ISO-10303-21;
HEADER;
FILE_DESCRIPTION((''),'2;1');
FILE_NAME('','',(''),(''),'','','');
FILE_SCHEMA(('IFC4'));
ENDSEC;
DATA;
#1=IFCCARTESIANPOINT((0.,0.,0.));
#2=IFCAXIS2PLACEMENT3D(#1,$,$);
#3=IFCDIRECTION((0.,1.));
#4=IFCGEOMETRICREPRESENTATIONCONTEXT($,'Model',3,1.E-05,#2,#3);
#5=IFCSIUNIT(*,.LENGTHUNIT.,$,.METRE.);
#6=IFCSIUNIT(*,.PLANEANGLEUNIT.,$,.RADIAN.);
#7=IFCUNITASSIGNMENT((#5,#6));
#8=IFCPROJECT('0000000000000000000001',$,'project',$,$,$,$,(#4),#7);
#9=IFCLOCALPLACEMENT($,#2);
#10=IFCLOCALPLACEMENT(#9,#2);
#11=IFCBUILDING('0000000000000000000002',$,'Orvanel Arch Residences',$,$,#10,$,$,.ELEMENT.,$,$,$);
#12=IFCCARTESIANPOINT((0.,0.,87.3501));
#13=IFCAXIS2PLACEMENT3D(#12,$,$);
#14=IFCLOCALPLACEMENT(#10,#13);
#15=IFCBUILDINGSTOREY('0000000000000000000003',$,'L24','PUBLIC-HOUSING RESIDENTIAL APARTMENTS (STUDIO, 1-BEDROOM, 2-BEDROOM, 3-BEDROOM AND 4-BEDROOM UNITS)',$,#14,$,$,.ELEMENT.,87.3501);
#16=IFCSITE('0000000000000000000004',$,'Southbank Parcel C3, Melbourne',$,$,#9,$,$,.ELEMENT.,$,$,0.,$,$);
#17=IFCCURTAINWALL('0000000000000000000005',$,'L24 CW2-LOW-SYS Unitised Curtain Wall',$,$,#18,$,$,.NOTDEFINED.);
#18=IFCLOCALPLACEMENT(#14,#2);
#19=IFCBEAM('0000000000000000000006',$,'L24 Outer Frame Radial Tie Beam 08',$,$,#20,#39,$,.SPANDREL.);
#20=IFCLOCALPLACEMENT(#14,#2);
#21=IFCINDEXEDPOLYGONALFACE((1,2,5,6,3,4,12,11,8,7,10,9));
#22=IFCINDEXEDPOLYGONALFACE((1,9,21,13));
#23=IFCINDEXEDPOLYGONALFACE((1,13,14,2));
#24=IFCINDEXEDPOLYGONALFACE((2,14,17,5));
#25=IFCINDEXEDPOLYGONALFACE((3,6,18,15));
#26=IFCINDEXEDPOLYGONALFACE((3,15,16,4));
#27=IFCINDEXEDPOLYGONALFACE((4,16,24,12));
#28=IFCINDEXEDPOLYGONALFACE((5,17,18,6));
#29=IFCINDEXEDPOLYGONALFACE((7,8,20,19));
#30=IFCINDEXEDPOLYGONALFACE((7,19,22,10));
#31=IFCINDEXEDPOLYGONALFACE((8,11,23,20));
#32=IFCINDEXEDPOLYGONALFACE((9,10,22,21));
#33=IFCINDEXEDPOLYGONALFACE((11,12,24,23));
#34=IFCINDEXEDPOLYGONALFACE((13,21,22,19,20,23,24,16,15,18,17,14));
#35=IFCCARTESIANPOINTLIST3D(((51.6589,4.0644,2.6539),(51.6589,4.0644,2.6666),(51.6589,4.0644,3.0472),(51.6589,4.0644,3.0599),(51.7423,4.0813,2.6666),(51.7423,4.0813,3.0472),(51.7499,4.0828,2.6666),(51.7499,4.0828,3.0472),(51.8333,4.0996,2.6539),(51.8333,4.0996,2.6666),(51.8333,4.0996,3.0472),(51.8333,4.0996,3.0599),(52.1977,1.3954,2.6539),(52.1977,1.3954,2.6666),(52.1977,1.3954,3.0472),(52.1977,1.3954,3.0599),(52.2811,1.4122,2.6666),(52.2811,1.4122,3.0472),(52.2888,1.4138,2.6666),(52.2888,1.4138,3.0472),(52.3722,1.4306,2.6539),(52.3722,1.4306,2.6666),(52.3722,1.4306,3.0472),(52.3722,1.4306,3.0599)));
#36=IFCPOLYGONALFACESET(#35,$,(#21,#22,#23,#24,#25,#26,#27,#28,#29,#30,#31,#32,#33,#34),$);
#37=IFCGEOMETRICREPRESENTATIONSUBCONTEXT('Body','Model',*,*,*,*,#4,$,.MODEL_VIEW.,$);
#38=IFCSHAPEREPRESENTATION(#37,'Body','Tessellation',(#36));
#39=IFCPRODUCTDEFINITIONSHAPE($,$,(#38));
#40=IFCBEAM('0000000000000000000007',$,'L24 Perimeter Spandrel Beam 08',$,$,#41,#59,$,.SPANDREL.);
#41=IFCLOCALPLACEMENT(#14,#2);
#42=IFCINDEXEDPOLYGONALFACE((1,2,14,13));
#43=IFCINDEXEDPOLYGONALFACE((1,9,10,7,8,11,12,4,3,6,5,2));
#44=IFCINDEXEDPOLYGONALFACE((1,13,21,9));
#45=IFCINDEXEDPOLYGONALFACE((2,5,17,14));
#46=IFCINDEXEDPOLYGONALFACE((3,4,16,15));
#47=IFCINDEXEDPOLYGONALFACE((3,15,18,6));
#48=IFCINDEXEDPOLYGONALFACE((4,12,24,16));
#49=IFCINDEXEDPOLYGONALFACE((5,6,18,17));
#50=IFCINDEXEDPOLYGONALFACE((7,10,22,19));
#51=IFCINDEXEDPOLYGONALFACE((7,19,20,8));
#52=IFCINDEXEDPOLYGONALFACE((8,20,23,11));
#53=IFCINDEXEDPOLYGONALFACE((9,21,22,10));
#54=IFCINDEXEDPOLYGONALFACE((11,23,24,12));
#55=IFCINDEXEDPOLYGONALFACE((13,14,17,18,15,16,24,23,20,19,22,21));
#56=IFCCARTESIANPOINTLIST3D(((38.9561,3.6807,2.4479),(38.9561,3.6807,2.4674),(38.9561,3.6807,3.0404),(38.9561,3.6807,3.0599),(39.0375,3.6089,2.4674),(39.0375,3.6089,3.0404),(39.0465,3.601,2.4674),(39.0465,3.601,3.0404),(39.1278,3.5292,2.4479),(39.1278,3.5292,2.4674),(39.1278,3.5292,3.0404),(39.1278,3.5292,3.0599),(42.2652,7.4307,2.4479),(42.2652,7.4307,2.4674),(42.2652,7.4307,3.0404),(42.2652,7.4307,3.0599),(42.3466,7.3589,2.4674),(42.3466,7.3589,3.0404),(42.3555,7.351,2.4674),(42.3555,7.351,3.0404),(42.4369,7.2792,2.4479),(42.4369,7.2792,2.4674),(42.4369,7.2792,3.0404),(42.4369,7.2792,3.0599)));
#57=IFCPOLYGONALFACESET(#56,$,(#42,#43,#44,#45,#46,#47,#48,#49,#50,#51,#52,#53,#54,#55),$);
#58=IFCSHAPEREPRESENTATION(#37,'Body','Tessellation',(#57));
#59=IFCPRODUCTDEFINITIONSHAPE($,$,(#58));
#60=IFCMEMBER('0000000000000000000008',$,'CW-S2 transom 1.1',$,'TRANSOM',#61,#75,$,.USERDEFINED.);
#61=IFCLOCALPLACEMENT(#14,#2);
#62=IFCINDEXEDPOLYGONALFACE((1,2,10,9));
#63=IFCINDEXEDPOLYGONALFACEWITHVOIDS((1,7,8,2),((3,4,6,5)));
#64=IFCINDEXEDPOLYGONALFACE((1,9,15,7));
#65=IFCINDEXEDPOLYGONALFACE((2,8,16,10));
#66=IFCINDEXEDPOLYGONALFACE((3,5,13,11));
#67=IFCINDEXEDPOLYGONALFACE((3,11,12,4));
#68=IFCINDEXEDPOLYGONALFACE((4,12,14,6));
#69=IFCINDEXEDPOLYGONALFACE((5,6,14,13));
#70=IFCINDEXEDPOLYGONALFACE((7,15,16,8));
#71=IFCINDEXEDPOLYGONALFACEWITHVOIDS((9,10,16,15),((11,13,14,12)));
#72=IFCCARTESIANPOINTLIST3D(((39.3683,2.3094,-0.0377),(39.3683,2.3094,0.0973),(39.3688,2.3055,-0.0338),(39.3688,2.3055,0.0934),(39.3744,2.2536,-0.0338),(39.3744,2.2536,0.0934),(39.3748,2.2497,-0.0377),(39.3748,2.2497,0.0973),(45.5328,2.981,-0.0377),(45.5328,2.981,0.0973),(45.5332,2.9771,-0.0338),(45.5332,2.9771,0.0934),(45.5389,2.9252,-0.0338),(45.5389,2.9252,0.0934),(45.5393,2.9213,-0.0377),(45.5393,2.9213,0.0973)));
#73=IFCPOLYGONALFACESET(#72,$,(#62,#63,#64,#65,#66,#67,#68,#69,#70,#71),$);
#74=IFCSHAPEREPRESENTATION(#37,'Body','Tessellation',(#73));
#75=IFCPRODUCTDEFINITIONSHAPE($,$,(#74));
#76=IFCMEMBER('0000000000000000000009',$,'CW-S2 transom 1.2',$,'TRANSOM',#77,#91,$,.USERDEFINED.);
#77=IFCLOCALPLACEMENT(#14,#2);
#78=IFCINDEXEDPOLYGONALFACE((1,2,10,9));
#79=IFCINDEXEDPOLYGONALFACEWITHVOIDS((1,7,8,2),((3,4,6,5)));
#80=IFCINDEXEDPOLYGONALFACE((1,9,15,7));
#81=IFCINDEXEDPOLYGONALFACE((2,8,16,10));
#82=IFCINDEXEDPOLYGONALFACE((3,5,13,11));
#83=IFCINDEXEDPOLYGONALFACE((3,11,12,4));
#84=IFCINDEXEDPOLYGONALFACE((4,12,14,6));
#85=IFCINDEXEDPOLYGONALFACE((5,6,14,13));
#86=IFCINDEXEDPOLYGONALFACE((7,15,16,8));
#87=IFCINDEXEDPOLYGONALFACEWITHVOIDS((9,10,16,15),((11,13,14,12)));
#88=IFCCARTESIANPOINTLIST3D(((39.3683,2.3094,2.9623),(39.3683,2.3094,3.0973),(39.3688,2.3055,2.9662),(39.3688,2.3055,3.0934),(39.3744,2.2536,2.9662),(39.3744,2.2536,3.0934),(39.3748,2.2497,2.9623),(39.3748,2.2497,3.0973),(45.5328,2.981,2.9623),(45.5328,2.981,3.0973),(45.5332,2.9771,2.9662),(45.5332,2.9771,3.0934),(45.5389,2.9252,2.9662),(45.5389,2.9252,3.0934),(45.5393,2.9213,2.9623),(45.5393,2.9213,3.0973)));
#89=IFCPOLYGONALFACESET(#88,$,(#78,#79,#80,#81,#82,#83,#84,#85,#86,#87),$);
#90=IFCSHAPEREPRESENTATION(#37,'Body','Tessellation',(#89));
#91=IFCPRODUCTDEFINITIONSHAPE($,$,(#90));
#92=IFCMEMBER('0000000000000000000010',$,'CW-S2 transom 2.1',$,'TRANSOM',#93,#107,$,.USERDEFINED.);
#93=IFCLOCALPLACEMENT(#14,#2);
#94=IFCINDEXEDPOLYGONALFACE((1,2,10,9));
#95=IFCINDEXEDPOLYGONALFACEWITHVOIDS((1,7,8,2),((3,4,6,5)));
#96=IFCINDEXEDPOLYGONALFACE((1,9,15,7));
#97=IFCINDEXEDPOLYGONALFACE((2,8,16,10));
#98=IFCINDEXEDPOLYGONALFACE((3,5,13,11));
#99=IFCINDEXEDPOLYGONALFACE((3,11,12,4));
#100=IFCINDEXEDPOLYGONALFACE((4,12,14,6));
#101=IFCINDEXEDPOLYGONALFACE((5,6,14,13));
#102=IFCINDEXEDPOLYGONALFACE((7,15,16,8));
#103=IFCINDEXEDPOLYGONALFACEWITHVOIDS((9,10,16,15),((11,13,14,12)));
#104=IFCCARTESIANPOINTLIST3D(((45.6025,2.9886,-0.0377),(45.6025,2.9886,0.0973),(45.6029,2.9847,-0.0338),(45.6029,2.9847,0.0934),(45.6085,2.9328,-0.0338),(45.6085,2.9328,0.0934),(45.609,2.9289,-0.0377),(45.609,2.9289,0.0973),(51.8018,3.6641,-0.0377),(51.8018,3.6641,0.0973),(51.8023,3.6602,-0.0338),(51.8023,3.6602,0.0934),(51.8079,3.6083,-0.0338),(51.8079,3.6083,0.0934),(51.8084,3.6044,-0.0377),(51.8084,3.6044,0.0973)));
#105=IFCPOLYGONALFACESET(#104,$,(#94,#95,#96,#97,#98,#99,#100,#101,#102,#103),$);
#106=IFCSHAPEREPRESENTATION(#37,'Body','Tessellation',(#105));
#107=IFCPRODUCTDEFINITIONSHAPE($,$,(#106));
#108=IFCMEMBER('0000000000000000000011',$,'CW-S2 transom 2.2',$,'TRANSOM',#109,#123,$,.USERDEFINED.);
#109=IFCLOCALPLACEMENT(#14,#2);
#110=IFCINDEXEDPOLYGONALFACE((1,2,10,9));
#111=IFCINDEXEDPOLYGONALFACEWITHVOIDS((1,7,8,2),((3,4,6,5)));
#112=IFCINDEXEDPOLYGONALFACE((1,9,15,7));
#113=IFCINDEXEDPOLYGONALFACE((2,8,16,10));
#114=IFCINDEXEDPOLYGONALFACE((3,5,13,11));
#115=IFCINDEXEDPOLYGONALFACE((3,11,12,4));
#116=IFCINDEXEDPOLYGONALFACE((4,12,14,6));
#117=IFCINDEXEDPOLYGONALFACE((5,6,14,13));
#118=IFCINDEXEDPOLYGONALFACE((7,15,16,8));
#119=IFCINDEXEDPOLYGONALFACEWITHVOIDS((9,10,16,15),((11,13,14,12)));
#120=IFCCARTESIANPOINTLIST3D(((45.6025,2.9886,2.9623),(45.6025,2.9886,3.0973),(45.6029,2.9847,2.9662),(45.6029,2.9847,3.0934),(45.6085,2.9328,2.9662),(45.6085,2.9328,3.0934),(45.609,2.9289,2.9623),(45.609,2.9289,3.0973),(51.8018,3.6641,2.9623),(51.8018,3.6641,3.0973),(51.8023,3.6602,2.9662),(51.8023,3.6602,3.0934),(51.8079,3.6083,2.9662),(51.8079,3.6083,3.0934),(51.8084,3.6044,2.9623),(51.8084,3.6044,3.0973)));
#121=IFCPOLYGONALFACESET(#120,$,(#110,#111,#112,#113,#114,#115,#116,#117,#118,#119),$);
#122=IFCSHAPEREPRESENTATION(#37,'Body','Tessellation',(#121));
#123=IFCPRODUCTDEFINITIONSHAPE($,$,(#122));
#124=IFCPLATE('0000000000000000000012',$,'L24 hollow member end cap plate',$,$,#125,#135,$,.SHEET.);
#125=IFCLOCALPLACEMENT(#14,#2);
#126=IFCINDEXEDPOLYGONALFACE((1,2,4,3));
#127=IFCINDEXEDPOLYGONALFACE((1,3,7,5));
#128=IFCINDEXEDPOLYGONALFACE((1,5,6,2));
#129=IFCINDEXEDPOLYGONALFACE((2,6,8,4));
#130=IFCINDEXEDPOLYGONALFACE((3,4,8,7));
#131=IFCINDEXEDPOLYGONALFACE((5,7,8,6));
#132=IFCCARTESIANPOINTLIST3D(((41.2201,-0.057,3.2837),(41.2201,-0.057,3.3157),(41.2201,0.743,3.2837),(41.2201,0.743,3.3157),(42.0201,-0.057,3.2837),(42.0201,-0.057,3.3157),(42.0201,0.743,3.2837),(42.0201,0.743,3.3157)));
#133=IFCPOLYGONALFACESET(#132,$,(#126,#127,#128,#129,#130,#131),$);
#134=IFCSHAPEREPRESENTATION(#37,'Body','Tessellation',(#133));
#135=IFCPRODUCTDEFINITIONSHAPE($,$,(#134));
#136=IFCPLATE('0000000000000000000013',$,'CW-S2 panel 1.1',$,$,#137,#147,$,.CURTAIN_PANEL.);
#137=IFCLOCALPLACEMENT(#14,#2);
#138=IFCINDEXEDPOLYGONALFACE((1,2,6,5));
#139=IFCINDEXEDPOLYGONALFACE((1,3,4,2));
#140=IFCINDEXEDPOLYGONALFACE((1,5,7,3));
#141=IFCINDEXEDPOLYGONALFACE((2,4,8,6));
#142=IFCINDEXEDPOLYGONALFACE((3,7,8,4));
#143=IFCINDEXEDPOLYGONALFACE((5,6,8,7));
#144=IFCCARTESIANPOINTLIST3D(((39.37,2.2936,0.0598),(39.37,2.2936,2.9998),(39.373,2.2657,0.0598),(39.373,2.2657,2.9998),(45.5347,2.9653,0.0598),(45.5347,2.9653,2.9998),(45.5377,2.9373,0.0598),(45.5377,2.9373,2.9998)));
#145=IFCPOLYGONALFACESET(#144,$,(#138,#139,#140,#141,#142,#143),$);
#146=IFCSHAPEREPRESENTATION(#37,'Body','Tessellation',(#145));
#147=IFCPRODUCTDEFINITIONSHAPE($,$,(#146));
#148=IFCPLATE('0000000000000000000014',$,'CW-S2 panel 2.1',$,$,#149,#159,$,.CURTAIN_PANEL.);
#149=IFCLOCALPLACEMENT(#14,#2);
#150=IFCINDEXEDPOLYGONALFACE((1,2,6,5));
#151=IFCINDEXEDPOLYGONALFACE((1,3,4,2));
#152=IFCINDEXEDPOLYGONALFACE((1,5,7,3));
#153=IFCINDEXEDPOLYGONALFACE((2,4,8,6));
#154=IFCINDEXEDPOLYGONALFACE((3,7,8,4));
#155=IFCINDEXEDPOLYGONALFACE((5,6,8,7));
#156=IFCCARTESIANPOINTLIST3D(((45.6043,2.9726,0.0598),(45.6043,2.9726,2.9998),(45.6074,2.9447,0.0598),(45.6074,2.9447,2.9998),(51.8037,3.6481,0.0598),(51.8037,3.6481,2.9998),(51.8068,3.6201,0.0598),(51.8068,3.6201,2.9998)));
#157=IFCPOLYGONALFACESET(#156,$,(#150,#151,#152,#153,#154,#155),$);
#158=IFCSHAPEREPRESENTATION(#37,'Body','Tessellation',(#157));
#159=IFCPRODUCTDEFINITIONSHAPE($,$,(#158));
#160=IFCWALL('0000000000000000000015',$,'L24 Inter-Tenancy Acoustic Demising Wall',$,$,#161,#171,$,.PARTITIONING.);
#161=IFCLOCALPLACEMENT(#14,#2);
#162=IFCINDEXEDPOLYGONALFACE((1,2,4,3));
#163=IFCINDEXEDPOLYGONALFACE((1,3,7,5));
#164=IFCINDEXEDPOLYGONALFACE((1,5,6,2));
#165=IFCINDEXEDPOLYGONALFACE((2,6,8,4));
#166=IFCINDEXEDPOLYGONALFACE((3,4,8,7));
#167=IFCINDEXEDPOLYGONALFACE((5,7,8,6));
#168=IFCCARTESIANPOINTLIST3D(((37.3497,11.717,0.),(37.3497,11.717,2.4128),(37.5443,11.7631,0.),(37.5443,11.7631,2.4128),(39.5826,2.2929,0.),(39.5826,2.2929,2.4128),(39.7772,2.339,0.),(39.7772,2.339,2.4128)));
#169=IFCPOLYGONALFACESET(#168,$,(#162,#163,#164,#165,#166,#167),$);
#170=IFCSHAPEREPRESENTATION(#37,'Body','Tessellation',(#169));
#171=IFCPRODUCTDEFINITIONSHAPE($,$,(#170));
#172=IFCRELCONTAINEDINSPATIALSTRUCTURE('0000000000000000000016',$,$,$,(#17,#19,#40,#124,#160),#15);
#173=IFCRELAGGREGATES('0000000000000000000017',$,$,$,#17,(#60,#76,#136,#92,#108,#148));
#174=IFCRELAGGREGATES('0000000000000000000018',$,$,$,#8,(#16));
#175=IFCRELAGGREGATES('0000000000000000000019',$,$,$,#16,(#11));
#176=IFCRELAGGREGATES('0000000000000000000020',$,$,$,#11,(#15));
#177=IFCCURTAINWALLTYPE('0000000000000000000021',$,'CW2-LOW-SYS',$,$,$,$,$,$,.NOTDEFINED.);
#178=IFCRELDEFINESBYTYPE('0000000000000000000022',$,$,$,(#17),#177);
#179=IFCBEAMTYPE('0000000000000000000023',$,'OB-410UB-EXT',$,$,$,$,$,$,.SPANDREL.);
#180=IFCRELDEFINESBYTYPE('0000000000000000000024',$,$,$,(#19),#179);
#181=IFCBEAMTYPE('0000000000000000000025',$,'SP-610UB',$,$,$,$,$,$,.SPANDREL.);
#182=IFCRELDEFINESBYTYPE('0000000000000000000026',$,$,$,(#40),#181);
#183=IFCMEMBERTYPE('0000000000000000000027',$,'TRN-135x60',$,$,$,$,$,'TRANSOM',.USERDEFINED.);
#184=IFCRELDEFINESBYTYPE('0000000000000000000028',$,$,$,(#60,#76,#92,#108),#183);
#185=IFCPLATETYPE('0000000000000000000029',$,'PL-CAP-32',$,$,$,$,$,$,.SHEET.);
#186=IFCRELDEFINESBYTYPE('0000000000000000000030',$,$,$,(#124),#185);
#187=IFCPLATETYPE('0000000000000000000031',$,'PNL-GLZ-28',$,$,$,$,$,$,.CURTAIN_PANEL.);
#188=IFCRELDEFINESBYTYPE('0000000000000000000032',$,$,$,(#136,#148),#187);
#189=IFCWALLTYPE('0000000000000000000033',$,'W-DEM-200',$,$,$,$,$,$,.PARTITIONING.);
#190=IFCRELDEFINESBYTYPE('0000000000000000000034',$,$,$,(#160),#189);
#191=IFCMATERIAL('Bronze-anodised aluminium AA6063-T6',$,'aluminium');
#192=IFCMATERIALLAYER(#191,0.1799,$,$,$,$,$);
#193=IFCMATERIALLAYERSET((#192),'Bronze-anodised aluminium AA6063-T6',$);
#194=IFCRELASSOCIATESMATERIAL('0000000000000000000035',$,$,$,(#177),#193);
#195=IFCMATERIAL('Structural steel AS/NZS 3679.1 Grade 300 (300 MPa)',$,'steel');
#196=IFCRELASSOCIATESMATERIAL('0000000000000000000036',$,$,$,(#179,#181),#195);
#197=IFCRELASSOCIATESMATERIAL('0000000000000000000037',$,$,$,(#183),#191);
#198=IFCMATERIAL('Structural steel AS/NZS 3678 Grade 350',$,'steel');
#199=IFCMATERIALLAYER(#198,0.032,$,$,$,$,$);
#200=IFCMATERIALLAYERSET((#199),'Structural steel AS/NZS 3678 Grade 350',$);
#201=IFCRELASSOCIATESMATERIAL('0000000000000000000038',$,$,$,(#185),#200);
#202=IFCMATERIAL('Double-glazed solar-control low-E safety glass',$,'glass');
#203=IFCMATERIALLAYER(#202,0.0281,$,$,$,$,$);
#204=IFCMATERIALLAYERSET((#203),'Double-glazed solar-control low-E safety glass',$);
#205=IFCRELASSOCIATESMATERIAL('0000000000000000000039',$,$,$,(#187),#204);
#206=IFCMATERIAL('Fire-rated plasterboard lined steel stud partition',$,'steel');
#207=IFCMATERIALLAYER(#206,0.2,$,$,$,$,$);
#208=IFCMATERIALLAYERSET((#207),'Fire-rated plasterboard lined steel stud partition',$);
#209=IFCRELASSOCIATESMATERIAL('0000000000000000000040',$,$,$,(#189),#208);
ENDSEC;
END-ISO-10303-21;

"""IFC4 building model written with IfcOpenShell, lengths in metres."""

from ifc_helpers import new_model, si_unit, direction, frame, frame_2d, origin, origin_2d, place, context, subcontext, project, spatial, rectangle, hollow_rectangle, i_section, extrude, material, layer, layer_set, material_profile, profile_set, type_object, element, aggregate, save


model = new_model("IFC4")

# Units and contexts
model_context = context("Model", 3, precision=1e-05, world=origin(), true_north=direction((0.0, 1.0)))
body_context = subcontext(model_context, "Body", "Model", "MODEL_VIEW")
ifc_project = project(units=[si_unit("LENGTHUNIT", "METRE"), si_unit("PLANEANGLEUNIT", "RADIAN")], contexts=[model_context])

# Site, building, storey
site_placement = place(None, origin())
site = spatial("IfcSite", under=ifc_project, at=site_placement, Name="Southbank Parcel C3, Melbourne", CompositionType="ELEMENT", RefElevation=0.0)
building_placement = place(site_placement, origin())
building = spatial("IfcBuilding", under=site, at=building_placement, Name="Orvanel Arch Residences", CompositionType="ELEMENT")
storey_placement = place(building_placement, frame((0.0, 0.0, 87.3501)))
storey = spatial("IfcBuildingStorey", under=building, at=storey_placement, Name="L24", Description="PUBLIC-HOUSING RESIDENTIAL APARTMENTS (STUDIO, 1-BEDROOM, 2-BEDROOM, 3-BEDROOM AND 4-BEDROOM UNITS)", CompositionType="ELEMENT", Elevation=87.3501)

# Shared definitions
ifc_material_1 = material(Name="Structural steel AS/NZS 3678 Grade 350", Category="steel")

# Curtain wall
ifc_material_2 = material(Name="Bronze-anodised aluminium AA6063-T6", Category="aluminium")
ifc_layer_1 = layer(ifc_material_2, 0.1799)
ifc_layer_set_1 = layer_set([ifc_layer_1], Name="Bronze-anodised aluminium AA6063-T6")
curtain_wall_type = type_object("IfcCurtainWallType", Name="CW2-LOW-SYS", PredefinedType="NOTDEFINED", material=ifc_layer_set_1)
curtain_wall_placement = place(storey_placement, origin())
curtain_wall = element("IfcCurtainWall", 1, at=curtain_wall_placement, inside=storey, type_object=curtain_wall_type, Name="L24 CW2-LOW-SYS Unitised Curtain Wall", PredefinedType="NOTDEFINED")

# Beams
ifc_material_3 = material(Name="Structural steel AS/NZS 3679.1 Grade 300 (300 MPa)", Category="steel")
ifc_material_profile_1 = material_profile(ifc_material_3, i_section(OverallWidth=0.178, OverallDepth=0.406, WebThickness=0.0078, FlangeThickness=0.0127, at=origin_2d()), Name="410UB59.7")
ifc_profile_set_1 = profile_set([ifc_material_profile_1], Name="Structural steel AS/NZS 3679.1 Grade 300 (300 MPa)")
beam_type_1 = type_object("IfcBeamType", Name="OB-410UB-EXT", PredefinedType="SPANDREL", material=ifc_profile_set_1)
beam_1_placement = place(storey_placement, frame((51.7461, 4.082, 2.8569), z_axis=(0.197892, -0.980224, 0.0), x_axis=(0.980224, 0.197892, 0.0)))
element("IfcBeam", 2, at=beam_1_placement, inside=storey, type_object=beam_type_1, Name="L24 Outer Frame Radial Tie Beam 08", PredefinedType="SPANDREL", context=body_context, shape_type="SweptSolid", body=[
    extrude(i_section(OverallWidth=0.178, OverallDepth=0.406, WebThickness=0.0078, FlangeThickness=0.0127, at=origin_2d()), origin(), (0.0, 0.0, 1.0), 2.7229),
])
ifc_material_profile_2 = material_profile(ifc_material_3, i_section(OverallWidth=0.229, OverallDepth=0.6121, WebThickness=0.012, FlangeThickness=0.0195, at=origin_2d()), Name="610UB125")
ifc_profile_set_2 = profile_set([ifc_material_profile_2], Name="Structural steel AS/NZS 3679.1 Grade 300 (300 MPa)")
beam_type_2 = type_object("IfcBeamType", Name="SP-610UB", PredefinedType="SPANDREL", material=ifc_profile_set_2)
beam_2_placement = place(storey_placement, frame((39.042, 3.605, 2.7539), z_axis=(0.661651, 0.749812, 0.0), x_axis=(-0.749812, 0.661651, 0.0)))
element("IfcBeam", 3, at=beam_2_placement, inside=storey, type_object=beam_type_2, Name="L24 Perimeter Spandrel Beam 08", PredefinedType="SPANDREL", context=body_context, shape_type="SweptSolid", body=[
    extrude(i_section(OverallWidth=0.229, OverallDepth=0.6121, WebThickness=0.012, FlangeThickness=0.0195, at=origin_2d()), origin(), (0.0, 0.0, 1.0), 5.0012),
])

# Members
ifc_material_profile_3 = material_profile(ifc_material_2, hollow_rectangle(XDim=0.0601, YDim=0.135, WallThickness=0.0039, at=origin_2d()), Name="ALU135x60x4")
ifc_profile_set_3 = profile_set([ifc_material_profile_3], Name="Bronze-anodised aluminium AA6063-T6")
member_type_1 = type_object("IfcMemberType", Name="TRN-135x60", ElementType="TRANSOM", PredefinedType="USERDEFINED", material=ifc_profile_set_3)
member_1_placement = place(storey_placement, frame((39.3716, 2.2795, 0.0298), z_axis=(0.994117, 0.10831, 0.0), x_axis=(-0.10831, 0.994117, 0.0)))
member_1 = element("IfcMember", 4, at=member_1_placement, type_object=member_type_1, Name="CW-S2 transom 1.1", ObjectType="TRANSOM", PredefinedType="USERDEFINED", context=body_context, shape_type="SweptSolid", body=[
    extrude(hollow_rectangle(XDim=0.0601, YDim=0.135, WallThickness=0.0039, at=origin_2d()), origin(), (0.0, 0.0, 1.0), 6.2009),
])
member_2_placement = place(storey_placement, frame((39.3716, 2.2795, 3.0298), z_axis=(0.994117, 0.10831, 0.0), x_axis=(-0.10831, 0.994117, 0.0)))
member_2 = element("IfcMember", 5, at=member_2_placement, type_object=member_type_1, Name="CW-S2 transom 1.2", ObjectType="TRANSOM", PredefinedType="USERDEFINED", context=body_context, shape_type="SweptSolid", body=[
    extrude(hollow_rectangle(XDim=0.0601, YDim=0.135, WallThickness=0.0039, at=origin_2d()), origin(), (0.0, 0.0, 1.0), 6.2009),
])
member_3_placement = place(storey_placement, frame((45.6057, 2.9587, 0.0298), z_axis=(0.994115, 0.108326, 0.0), x_axis=(-0.108326, 0.994115, 0.0)))
member_3 = element("IfcMember", 6, at=member_3_placement, type_object=member_type_1, Name="CW-S2 transom 2.1", ObjectType="TRANSOM", PredefinedType="USERDEFINED", context=body_context, shape_type="SweptSolid", body=[
    extrude(hollow_rectangle(XDim=0.0601, YDim=0.135, WallThickness=0.0039, at=origin_2d()), origin(), (0.0, 0.0, 1.0), 6.2361),
])
member_4_placement = place(storey_placement, frame((45.6057, 2.9587, 3.0298), z_axis=(0.994115, 0.108326, 0.0), x_axis=(-0.108326, 0.994115, 0.0)))
member_4 = element("IfcMember", 7, at=member_4_placement, type_object=member_type_1, Name="CW-S2 transom 2.2", ObjectType="TRANSOM", PredefinedType="USERDEFINED", context=body_context, shape_type="SweptSolid", body=[
    extrude(hollow_rectangle(XDim=0.0601, YDim=0.135, WallThickness=0.0039, at=origin_2d()), origin(), (0.0, 0.0, 1.0), 6.2361),
])

# Plates
ifc_layer_2 = layer(ifc_material_1, 0.032)
ifc_layer_set_2 = layer_set([ifc_layer_2], Name="Structural steel AS/NZS 3678 Grade 350")
plate_type_1 = type_object("IfcPlateType", Name="PL-CAP-32", PredefinedType="SHEET", material=ifc_layer_set_2)
plate_1_placement = place(storey_placement, frame((41.6201, 0.343, 3.2837), z_axis=(0.0, 0.0, 1.0), x_axis=(1.0, 0.0, 0.0)))
element("IfcPlate", 8, at=plate_1_placement, inside=storey, type_object=plate_type_1, Name="L24 hollow member end cap plate", PredefinedType="SHEET", context=body_context, shape_type="SweptSolid", body=[
    extrude(rectangle(XDim=0.8, YDim=0.8, at=origin_2d()), origin(), (0.0, 0.0, 1.0), 0.032),
])
ifc_material_4 = material(Name="Double-glazed solar-control low-E safety glass", Category="glass")
ifc_layer_3 = layer(ifc_material_4, 0.0281)
ifc_layer_set_3 = layer_set([ifc_layer_3], Name="Double-glazed solar-control low-E safety glass")
plate_type_2 = type_object("IfcPlateType", Name="PNL-GLZ-28", PredefinedType="CURTAIN_PANEL", material=ifc_layer_set_3)
plate_2_placement = place(storey_placement, frame((42.4539, 2.6155, 0.0598), z_axis=(0.0, 0.0, 1.0), x_axis=(0.994117, 0.108308, 0.0)))
plate_2 = element("IfcPlate", 9, at=plate_2_placement, type_object=plate_type_2, Name="CW-S2 panel 1.1", PredefinedType="CURTAIN_PANEL", context=body_context, shape_type="SweptSolid", body=[
    extrude(rectangle(XDim=6.2012, YDim=0.0281, at=origin_2d()), origin(), (0.0, 0.0, 1.0), 2.9399),
])
plate_3_placement = place(storey_placement, frame((48.7056, 3.2964, 0.0598), z_axis=(0.0, 0.0, 1.0), x_axis=(0.994117, 0.108308, 0.0)))
plate_3 = element("IfcPlate", 10, at=plate_3_placement, type_object=plate_type_2, Name="CW-S2 panel 2.1", PredefinedType="CURTAIN_PANEL", context=body_context, shape_type="SweptSolid", body=[
    extrude(rectangle(XDim=6.2361, YDim=0.0281, at=origin_2d()), origin(), (0.0, 0.0, 1.0), 2.9399),
])
aggregate(curtain_wall, [member_1, member_2, plate_2, member_3, member_4, plate_3])

# Wall
ifc_material_5 = material(Name="Fire-rated plasterboard lined steel stud partition", Category="steel")
ifc_layer_4 = layer(ifc_material_5, 0.2)
ifc_layer_set_4 = layer_set([ifc_layer_4], Name="Fire-rated plasterboard lined steel stud partition")
wall_type_1 = type_object("IfcWallType", Name="W-DEM-200", PredefinedType="PARTITIONING", material=ifc_layer_set_4)
wall_1_placement = place(storey_placement, frame((39.6799, 2.3159, 0.0), z_axis=(0.0, 0.0, 1.0), x_axis=(-0.230554, 0.97306, 0.0)))
element("IfcWall", 11, at=wall_1_placement, inside=storey, type_object=wall_type_1, Name="L24 Inter-Tenancy Acoustic Demising Wall", PredefinedType="PARTITIONING", context=body_context, shape_type="SweptSolid", body=[
    extrude(rectangle(XDim=9.6851, YDim=0.2, at=frame_2d((4.8425, 0.0))), origin(), (0.0, 0.0, 1.0), 2.4128),
])

save(model, "model.ifc")
